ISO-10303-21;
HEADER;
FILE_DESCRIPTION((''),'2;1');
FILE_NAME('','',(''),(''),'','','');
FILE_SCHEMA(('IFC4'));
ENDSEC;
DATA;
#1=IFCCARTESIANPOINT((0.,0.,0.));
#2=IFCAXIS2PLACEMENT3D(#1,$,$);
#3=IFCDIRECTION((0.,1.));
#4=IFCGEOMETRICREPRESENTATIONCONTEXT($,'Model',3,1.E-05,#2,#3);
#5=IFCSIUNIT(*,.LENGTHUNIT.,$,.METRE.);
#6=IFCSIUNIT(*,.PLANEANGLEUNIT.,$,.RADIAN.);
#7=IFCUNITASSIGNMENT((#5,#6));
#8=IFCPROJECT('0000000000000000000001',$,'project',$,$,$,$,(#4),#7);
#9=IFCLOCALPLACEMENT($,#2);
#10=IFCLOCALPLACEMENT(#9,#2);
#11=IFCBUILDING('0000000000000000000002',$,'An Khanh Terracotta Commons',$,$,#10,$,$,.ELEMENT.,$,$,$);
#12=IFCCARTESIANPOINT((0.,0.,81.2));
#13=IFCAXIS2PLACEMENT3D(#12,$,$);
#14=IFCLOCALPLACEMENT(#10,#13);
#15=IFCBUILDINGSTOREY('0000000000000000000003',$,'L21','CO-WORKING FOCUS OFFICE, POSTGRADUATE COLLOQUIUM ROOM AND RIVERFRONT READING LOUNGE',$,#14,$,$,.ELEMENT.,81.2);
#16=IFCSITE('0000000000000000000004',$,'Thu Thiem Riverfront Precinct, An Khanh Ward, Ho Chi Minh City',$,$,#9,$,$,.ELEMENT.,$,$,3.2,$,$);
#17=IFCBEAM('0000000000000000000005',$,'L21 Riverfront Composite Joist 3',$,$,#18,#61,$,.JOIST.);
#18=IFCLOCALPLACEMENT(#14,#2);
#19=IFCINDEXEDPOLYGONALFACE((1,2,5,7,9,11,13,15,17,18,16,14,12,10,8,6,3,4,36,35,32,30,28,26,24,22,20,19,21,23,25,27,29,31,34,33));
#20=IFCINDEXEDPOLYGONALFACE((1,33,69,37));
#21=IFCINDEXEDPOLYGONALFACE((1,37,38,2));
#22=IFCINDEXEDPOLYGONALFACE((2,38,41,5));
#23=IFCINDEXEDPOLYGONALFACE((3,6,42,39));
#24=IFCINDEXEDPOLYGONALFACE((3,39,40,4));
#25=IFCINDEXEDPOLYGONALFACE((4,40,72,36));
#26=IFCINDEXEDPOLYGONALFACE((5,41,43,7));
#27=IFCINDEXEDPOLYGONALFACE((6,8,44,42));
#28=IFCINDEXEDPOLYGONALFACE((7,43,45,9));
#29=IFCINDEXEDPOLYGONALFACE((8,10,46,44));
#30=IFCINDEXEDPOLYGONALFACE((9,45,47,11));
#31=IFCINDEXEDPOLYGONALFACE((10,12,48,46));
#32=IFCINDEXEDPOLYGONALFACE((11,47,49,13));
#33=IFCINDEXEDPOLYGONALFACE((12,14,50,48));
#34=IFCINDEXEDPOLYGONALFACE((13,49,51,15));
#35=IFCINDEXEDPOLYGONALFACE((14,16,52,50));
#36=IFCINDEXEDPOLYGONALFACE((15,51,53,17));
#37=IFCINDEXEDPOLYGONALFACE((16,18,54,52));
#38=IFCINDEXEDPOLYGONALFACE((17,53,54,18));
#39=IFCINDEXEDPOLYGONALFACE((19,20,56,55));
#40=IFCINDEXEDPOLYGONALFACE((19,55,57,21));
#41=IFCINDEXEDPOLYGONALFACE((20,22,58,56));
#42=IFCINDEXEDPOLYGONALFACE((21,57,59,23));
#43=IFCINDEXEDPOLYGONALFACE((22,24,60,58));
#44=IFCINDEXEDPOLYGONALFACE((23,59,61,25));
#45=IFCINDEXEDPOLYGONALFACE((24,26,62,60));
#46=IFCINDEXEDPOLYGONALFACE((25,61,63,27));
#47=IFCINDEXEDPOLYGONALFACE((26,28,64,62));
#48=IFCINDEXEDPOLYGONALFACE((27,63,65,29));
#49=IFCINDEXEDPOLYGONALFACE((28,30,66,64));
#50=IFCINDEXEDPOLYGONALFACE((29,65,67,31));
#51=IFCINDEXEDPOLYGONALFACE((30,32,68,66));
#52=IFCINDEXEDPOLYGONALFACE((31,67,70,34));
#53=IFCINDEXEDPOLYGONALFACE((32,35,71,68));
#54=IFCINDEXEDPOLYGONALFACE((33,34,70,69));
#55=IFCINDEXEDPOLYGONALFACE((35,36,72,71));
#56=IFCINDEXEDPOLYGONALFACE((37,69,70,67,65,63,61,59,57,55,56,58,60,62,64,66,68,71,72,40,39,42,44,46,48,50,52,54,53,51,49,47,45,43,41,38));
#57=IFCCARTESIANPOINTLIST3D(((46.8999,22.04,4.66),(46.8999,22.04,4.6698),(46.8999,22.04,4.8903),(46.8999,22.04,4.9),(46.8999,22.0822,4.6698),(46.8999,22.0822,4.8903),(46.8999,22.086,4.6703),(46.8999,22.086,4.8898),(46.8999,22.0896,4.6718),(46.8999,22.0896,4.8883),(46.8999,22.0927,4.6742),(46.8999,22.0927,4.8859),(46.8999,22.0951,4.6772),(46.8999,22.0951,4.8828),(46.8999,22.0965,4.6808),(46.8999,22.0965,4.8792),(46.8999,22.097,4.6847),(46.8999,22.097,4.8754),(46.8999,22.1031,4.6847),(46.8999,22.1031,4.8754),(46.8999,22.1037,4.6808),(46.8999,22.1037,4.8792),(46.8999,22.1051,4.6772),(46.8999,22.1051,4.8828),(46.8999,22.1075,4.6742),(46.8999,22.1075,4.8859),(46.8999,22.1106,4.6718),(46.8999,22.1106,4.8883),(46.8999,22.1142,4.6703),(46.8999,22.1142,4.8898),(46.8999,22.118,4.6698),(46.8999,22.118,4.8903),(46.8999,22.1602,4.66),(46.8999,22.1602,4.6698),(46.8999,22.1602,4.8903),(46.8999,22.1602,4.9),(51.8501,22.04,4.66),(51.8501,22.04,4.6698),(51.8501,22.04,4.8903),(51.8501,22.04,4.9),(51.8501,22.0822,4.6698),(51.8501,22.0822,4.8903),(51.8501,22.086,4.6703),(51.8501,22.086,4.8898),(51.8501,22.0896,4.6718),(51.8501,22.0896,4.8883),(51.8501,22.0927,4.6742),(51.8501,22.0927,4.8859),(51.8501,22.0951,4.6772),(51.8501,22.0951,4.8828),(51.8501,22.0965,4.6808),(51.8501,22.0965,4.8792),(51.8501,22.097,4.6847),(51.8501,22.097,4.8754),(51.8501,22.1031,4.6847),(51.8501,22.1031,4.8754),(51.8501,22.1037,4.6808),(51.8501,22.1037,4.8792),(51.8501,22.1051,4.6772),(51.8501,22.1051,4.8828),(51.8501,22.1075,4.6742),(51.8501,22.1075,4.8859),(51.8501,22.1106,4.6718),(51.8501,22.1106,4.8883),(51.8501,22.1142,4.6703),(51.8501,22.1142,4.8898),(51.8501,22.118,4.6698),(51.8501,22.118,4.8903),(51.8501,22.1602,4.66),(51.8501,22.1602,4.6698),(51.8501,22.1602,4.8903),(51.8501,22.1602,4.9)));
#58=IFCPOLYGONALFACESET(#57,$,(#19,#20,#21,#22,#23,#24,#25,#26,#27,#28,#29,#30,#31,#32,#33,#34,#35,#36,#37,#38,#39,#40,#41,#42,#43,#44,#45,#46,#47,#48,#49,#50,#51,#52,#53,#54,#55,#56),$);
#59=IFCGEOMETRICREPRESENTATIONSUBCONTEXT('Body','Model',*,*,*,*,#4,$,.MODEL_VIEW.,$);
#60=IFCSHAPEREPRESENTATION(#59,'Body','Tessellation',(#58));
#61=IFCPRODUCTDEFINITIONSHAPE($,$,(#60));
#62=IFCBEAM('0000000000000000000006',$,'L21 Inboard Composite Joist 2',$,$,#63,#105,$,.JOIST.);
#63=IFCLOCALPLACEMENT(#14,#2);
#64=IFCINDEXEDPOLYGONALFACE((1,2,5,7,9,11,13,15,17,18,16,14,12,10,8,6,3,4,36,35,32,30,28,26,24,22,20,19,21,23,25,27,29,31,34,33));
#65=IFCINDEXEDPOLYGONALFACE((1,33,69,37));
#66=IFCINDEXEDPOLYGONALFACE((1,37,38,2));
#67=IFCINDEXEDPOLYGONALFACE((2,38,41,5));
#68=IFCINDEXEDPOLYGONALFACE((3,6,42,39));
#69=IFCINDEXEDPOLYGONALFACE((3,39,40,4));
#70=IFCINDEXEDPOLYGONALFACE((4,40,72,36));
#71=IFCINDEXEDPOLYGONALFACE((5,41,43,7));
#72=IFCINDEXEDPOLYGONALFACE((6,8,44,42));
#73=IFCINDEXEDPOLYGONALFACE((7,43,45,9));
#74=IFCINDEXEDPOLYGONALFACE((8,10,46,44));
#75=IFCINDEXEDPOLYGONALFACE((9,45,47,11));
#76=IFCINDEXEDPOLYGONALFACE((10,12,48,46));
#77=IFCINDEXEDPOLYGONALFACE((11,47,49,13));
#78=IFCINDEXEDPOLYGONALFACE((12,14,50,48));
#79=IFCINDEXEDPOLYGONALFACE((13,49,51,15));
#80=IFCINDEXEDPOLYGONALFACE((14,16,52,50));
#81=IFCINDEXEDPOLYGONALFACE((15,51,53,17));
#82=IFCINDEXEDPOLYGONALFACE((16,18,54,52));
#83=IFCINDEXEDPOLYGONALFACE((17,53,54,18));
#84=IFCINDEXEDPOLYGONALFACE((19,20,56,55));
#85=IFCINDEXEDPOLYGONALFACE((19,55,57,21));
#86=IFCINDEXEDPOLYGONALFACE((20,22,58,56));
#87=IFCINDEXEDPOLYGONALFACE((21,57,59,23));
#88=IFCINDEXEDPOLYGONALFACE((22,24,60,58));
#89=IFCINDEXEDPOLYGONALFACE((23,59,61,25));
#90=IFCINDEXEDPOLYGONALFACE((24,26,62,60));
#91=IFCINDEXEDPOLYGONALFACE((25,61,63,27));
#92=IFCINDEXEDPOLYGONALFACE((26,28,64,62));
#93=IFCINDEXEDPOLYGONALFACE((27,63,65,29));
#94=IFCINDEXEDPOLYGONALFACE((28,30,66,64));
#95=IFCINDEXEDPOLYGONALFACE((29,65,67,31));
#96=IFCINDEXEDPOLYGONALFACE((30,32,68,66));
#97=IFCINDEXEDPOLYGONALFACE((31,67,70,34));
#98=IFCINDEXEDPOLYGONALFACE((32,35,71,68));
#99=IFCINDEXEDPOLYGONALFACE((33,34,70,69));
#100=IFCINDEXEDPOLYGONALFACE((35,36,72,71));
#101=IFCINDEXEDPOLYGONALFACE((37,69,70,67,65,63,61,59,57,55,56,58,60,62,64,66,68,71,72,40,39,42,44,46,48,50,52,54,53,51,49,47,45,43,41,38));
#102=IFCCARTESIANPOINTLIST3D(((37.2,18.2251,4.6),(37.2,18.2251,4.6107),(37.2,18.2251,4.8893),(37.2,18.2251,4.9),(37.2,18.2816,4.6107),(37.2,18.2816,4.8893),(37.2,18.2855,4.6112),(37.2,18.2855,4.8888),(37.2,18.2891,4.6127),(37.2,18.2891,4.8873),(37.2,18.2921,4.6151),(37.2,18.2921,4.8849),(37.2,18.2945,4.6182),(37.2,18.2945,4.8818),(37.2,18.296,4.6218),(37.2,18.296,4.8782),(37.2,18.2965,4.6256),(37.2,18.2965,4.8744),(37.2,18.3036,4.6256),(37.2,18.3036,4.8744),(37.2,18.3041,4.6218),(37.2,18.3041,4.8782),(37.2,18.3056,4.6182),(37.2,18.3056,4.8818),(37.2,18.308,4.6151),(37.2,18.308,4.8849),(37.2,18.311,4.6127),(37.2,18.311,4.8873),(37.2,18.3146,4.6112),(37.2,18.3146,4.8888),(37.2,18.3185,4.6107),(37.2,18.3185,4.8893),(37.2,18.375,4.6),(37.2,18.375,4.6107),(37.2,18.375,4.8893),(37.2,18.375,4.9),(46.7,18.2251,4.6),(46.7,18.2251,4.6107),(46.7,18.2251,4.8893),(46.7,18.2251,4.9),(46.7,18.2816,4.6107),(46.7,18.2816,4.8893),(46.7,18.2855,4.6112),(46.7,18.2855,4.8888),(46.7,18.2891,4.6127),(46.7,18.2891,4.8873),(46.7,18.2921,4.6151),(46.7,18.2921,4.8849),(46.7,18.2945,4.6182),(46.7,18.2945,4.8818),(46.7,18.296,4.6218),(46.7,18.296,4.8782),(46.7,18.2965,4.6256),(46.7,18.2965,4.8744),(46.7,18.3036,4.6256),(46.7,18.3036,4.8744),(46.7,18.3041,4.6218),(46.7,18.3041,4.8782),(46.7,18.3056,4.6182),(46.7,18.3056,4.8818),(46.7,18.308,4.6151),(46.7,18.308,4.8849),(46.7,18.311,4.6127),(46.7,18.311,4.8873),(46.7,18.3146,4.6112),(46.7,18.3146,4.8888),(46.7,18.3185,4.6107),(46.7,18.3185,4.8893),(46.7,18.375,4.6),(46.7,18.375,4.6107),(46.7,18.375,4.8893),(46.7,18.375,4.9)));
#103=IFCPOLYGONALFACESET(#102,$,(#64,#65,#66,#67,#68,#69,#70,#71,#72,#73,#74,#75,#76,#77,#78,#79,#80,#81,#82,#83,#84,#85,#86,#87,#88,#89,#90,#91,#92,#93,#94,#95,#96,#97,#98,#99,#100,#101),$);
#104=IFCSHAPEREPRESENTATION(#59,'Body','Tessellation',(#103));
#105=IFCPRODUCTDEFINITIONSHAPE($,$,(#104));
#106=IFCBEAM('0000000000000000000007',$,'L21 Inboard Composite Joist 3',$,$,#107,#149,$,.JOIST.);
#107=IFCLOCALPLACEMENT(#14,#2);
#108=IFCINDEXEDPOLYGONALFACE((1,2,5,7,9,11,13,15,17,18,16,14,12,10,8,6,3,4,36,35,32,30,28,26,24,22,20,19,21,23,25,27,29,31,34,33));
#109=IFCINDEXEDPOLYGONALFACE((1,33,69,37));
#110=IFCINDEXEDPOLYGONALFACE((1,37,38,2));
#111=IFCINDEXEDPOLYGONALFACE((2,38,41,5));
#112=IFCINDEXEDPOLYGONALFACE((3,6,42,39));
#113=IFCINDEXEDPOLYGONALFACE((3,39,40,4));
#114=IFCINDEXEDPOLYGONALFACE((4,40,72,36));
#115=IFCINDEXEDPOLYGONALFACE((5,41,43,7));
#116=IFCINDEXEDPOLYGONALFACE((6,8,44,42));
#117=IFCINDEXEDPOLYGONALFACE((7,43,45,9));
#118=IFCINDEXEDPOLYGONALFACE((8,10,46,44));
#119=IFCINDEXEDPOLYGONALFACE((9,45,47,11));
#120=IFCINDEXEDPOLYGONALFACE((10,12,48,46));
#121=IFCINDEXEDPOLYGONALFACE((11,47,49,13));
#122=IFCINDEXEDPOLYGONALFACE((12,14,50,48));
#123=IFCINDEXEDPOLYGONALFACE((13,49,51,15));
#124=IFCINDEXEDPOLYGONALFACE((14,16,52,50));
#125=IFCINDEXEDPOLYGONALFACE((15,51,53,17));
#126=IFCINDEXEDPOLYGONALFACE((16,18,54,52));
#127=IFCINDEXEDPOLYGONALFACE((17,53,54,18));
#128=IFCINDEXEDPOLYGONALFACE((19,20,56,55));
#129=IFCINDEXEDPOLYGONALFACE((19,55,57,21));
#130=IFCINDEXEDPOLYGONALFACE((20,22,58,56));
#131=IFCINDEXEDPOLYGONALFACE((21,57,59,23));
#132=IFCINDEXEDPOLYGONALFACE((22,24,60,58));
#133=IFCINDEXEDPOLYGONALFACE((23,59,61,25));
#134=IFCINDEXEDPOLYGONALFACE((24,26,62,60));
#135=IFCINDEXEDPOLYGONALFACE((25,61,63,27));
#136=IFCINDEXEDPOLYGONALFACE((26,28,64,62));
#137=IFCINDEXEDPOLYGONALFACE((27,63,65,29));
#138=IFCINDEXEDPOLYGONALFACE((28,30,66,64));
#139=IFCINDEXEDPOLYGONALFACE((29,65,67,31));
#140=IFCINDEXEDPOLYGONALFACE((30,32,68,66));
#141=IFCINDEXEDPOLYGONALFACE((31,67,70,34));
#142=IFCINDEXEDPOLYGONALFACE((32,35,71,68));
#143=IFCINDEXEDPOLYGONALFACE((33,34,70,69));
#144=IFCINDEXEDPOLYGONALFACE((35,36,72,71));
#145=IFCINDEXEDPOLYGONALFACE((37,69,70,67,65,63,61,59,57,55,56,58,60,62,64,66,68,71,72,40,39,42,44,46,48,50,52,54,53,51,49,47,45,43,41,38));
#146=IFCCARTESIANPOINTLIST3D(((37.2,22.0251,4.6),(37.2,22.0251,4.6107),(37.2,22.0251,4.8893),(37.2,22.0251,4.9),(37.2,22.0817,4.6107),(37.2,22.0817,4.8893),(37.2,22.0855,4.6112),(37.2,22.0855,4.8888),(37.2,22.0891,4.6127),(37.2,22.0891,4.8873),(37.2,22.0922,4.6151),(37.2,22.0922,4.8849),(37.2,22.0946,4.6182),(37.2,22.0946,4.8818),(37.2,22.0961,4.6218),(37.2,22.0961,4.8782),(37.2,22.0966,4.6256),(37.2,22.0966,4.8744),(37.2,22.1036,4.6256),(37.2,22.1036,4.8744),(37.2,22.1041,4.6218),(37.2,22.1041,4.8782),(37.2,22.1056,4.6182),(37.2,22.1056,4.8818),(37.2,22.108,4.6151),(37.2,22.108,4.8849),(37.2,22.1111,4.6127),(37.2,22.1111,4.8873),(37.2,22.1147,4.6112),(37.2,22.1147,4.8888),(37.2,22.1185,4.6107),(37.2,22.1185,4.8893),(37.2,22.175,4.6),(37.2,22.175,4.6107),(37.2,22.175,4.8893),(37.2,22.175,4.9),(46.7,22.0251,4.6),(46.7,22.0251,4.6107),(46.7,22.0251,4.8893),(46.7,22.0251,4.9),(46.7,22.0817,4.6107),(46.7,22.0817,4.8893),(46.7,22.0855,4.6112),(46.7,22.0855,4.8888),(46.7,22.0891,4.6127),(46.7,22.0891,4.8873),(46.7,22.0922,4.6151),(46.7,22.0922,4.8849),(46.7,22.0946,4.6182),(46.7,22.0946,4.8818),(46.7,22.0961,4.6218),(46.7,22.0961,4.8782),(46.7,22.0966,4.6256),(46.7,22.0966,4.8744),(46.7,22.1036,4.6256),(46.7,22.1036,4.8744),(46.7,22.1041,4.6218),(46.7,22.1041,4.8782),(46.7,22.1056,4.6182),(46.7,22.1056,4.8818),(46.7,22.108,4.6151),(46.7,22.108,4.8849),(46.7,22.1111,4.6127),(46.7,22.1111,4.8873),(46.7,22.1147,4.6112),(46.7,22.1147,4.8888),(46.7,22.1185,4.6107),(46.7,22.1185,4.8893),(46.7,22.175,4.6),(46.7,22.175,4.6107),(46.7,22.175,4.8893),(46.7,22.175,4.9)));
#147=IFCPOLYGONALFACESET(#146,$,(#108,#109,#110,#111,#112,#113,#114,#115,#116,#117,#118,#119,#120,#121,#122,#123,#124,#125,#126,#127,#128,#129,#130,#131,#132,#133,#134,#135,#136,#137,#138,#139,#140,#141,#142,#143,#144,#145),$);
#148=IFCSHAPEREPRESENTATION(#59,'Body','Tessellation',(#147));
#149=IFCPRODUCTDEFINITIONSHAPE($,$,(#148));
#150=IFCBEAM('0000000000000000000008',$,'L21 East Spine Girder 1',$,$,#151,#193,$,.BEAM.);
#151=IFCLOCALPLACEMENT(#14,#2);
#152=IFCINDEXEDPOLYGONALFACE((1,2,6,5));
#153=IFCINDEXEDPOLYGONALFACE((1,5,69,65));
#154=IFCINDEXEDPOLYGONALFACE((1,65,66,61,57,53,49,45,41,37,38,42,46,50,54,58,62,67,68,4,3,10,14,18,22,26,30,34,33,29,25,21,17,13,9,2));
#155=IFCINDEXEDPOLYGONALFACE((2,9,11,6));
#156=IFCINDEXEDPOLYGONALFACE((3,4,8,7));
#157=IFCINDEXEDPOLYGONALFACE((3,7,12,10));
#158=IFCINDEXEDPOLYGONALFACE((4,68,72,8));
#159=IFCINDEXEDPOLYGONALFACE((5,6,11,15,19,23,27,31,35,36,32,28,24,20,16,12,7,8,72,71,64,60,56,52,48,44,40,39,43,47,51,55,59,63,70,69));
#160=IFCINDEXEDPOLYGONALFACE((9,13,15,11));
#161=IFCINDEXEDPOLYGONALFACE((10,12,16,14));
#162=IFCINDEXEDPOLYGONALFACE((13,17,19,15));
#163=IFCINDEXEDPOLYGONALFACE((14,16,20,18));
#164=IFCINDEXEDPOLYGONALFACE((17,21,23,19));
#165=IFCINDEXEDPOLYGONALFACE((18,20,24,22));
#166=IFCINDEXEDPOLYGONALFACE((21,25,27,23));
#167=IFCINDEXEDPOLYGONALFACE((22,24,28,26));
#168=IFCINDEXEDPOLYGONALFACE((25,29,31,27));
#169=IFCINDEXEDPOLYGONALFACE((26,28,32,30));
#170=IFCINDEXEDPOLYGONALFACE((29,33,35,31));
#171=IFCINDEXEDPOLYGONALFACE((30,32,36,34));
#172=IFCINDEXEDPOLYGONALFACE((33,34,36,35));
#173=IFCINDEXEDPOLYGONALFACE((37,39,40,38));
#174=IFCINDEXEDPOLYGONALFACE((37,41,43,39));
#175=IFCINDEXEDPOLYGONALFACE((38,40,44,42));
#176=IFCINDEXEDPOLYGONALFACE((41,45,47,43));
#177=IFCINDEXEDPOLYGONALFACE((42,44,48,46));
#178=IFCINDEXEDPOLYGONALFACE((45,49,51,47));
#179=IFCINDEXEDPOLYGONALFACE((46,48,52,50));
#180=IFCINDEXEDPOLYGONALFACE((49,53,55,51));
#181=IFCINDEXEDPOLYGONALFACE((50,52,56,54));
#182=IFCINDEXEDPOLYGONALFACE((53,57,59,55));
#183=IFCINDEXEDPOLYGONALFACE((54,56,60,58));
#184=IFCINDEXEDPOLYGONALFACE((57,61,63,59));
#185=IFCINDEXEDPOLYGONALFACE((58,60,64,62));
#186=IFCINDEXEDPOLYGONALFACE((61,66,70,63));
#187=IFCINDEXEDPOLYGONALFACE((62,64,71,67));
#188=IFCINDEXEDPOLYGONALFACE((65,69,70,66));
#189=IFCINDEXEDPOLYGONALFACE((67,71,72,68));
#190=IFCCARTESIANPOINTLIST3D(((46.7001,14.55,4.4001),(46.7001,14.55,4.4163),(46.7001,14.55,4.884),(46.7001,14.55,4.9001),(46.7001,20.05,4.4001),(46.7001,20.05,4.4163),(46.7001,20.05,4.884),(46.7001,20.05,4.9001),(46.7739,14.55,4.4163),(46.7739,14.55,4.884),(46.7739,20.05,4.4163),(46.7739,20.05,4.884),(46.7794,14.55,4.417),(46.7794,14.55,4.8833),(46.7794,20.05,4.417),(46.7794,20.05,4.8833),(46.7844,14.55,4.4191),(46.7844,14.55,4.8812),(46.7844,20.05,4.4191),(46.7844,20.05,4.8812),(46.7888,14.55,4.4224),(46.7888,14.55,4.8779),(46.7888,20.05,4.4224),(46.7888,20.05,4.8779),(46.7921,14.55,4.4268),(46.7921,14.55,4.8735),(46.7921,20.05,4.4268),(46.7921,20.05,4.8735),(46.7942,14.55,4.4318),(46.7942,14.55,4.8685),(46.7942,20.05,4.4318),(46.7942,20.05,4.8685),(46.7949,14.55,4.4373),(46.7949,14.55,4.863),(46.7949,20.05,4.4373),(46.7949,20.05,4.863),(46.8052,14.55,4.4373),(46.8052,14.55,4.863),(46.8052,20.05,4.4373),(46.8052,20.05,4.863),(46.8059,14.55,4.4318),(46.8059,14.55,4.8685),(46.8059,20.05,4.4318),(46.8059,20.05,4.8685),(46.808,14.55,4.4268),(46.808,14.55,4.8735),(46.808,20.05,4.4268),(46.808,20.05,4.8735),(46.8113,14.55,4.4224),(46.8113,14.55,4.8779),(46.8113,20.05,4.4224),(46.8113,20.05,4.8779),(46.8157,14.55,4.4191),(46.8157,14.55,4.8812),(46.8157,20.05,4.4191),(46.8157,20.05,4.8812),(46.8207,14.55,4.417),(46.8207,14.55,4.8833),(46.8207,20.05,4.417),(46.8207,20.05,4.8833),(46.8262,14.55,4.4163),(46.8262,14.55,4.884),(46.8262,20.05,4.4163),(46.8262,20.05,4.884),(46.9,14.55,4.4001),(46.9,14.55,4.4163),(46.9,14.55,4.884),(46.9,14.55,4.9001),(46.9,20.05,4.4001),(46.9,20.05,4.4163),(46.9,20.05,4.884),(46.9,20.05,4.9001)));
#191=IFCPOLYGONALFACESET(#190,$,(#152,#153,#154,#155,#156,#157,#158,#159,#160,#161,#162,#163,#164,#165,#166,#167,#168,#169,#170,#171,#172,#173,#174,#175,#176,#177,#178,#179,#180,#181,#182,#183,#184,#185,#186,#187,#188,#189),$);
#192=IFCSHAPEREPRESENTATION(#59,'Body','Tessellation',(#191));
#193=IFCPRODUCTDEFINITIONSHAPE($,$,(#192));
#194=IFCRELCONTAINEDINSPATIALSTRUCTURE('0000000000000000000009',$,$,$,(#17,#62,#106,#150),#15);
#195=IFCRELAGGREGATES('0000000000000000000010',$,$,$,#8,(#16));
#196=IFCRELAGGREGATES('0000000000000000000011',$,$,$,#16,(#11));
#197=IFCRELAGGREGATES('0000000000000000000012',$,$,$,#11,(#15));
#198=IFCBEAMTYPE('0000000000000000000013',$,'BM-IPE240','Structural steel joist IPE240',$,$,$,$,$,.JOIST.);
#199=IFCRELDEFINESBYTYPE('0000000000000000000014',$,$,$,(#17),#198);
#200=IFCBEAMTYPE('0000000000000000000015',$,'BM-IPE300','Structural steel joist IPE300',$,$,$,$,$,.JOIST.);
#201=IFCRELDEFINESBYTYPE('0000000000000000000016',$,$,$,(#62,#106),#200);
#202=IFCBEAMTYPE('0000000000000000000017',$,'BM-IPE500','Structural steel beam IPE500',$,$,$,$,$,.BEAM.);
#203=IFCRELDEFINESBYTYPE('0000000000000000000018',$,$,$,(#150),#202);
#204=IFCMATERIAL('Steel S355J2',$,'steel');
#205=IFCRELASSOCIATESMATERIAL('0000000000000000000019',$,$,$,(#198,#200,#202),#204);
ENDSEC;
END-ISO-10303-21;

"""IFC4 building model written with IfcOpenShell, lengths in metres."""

from ifc_helpers import new_model, si_unit, direction, frame, origin, origin_2d, place, context, subcontext, project, spatial, i_section, extrude, material, material_profile, profile_set, type_object, element, save


model = new_model("IFC4")

# Units and contexts
model_context = context("Model", 3, precision=1e-05, world=origin(), true_north=direction((0.0, 1.0)))
body_context = subcontext(model_context, "Body", "Model", "MODEL_VIEW")
ifc_project = project(units=[si_unit("LENGTHUNIT", "METRE"), si_unit("PLANEANGLEUNIT", "RADIAN")], contexts=[model_context])

# Site, building, storey
site_placement = place(None, origin())
site = spatial("IfcSite", under=ifc_project, at=site_placement, Name="Thu Thiem Riverfront Precinct, An Khanh Ward, Ho Chi Minh City", CompositionType="ELEMENT", RefElevation=3.2)
building_placement = place(site_placement, origin())
building = spatial("IfcBuilding", under=site, at=building_placement, Name="An Khanh Terracotta Commons", CompositionType="ELEMENT")
storey_placement = place(building_placement, frame((0.0, 0.0, 81.2)))
storey = spatial("IfcBuildingStorey", under=building, at=storey_placement, Name="L21", Description="CO-WORKING FOCUS OFFICE, POSTGRADUATE COLLOQUIUM ROOM AND RIVERFRONT READING LOUNGE", CompositionType="ELEMENT", Elevation=81.2)

# Beams
ifc_material_1 = material(Name="Steel S355J2", Category="steel")
ifc_material_profile_1 = material_profile(ifc_material_1, i_section(OverallWidth=0.1201, OverallDepth=0.24, WebThickness=0.0061, FlangeThickness=0.0098, FilletRadius=0.0149, at=origin_2d()), Name="IPE240")
ifc_profile_set_1 = profile_set([ifc_material_profile_1], Name="Steel S355J2")
beam_type_1 = type_object("IfcBeamType", Name="BM-IPE240", Description="Structural steel joist IPE240", PredefinedType="JOIST", material=ifc_profile_set_1)
for number, where, z_axis, x_axis, name in (
    (1, (46.8999, 22.1001, 4.78), (1.0, 0.0, 0.0), (0.0, 1.0, 0.0), "L21 Riverfront Composite Joist 3"),
):
    element("IfcBeam", number, at=place(storey_placement, frame(where, z_axis=z_axis, x_axis=x_axis)), inside=storey, type_object=beam_type_1, Name=name, PredefinedType="JOIST", context=body_context, shape_type="SweptSolid", body=[
        extrude(i_section(OverallWidth=0.1201, OverallDepth=0.24, WebThickness=0.0061, FlangeThickness=0.0098, FilletRadius=0.0149, at=origin_2d()), origin(), (0.0, 0.0, 1.0), 4.9502),
    ])
ifc_material_profile_2 = material_profile(ifc_material_1, i_section(OverallWidth=0.1499, OverallDepth=0.3, WebThickness=0.0071, FlangeThickness=0.0107, FilletRadius=0.0149, at=origin_2d()), Name="IPE300")
ifc_profile_set_2 = profile_set([ifc_material_profile_2], Name="Steel S355J2")
beam_type_2 = type_object("IfcBeamType", Name="BM-IPE300", Description="Structural steel joist IPE300", PredefinedType="JOIST", material=ifc_profile_set_2)
for number, where, z_axis, x_axis, name in (
    (2, (37.2, 18.3, 4.75), (1.0, 0.0, 0.0), (0.0, 1.0, 0.0), "L21 Inboard Composite Joist 2"),
    (3, (37.2, 22.1001, 4.75), (1.0, 0.0, 0.0), (0.0, 1.0, 0.0), "L21 Inboard Composite Joist 3"),
):
    element("IfcBeam", number, at=place(storey_placement, frame(where, z_axis=z_axis, x_axis=x_axis)), inside=storey, type_object=beam_type_2, Name=name, PredefinedType="JOIST", context=body_context, shape_type="SweptSolid", body=[
        extrude(i_section(OverallWidth=0.1499, OverallDepth=0.3, WebThickness=0.0071, FlangeThickness=0.0107, FilletRadius=0.0149, at=origin_2d()), origin(), (0.0, 0.0, 1.0), 9.5),
    ])
ifc_material_profile_3 = material_profile(ifc_material_1, i_section(OverallWidth=0.2, OverallDepth=0.5, WebThickness=0.0103, FlangeThickness=0.0161, FilletRadius=0.021, at=origin_2d()), Name="IPE500")
ifc_profile_set_3 = profile_set([ifc_material_profile_3], Name="Steel S355J2")
beam_type_3 = type_object("IfcBeamType", Name="BM-IPE500", Description="Structural steel beam IPE500", PredefinedType="BEAM", material=ifc_profile_set_3)
beam_1_placement = place(storey_placement, frame((46.8, 14.55, 4.6501), z_axis=(0.0, 1.0, 0.0), x_axis=(-1.0, 0.0, 0.0)))
element("IfcBeam", 4, at=beam_1_placement, inside=storey, type_object=beam_type_3, Name="L21 East Spine Girder 1", PredefinedType="BEAM", context=body_context, shape_type="SweptSolid", body=[
    extrude(i_section(OverallWidth=0.2, OverallDepth=0.5, WebThickness=0.0103, FlangeThickness=0.0161, FilletRadius=0.021, at=origin_2d()), origin(), (0.0, 0.0, 1.0), 5.5),
])

save(model, "model.ifc")
